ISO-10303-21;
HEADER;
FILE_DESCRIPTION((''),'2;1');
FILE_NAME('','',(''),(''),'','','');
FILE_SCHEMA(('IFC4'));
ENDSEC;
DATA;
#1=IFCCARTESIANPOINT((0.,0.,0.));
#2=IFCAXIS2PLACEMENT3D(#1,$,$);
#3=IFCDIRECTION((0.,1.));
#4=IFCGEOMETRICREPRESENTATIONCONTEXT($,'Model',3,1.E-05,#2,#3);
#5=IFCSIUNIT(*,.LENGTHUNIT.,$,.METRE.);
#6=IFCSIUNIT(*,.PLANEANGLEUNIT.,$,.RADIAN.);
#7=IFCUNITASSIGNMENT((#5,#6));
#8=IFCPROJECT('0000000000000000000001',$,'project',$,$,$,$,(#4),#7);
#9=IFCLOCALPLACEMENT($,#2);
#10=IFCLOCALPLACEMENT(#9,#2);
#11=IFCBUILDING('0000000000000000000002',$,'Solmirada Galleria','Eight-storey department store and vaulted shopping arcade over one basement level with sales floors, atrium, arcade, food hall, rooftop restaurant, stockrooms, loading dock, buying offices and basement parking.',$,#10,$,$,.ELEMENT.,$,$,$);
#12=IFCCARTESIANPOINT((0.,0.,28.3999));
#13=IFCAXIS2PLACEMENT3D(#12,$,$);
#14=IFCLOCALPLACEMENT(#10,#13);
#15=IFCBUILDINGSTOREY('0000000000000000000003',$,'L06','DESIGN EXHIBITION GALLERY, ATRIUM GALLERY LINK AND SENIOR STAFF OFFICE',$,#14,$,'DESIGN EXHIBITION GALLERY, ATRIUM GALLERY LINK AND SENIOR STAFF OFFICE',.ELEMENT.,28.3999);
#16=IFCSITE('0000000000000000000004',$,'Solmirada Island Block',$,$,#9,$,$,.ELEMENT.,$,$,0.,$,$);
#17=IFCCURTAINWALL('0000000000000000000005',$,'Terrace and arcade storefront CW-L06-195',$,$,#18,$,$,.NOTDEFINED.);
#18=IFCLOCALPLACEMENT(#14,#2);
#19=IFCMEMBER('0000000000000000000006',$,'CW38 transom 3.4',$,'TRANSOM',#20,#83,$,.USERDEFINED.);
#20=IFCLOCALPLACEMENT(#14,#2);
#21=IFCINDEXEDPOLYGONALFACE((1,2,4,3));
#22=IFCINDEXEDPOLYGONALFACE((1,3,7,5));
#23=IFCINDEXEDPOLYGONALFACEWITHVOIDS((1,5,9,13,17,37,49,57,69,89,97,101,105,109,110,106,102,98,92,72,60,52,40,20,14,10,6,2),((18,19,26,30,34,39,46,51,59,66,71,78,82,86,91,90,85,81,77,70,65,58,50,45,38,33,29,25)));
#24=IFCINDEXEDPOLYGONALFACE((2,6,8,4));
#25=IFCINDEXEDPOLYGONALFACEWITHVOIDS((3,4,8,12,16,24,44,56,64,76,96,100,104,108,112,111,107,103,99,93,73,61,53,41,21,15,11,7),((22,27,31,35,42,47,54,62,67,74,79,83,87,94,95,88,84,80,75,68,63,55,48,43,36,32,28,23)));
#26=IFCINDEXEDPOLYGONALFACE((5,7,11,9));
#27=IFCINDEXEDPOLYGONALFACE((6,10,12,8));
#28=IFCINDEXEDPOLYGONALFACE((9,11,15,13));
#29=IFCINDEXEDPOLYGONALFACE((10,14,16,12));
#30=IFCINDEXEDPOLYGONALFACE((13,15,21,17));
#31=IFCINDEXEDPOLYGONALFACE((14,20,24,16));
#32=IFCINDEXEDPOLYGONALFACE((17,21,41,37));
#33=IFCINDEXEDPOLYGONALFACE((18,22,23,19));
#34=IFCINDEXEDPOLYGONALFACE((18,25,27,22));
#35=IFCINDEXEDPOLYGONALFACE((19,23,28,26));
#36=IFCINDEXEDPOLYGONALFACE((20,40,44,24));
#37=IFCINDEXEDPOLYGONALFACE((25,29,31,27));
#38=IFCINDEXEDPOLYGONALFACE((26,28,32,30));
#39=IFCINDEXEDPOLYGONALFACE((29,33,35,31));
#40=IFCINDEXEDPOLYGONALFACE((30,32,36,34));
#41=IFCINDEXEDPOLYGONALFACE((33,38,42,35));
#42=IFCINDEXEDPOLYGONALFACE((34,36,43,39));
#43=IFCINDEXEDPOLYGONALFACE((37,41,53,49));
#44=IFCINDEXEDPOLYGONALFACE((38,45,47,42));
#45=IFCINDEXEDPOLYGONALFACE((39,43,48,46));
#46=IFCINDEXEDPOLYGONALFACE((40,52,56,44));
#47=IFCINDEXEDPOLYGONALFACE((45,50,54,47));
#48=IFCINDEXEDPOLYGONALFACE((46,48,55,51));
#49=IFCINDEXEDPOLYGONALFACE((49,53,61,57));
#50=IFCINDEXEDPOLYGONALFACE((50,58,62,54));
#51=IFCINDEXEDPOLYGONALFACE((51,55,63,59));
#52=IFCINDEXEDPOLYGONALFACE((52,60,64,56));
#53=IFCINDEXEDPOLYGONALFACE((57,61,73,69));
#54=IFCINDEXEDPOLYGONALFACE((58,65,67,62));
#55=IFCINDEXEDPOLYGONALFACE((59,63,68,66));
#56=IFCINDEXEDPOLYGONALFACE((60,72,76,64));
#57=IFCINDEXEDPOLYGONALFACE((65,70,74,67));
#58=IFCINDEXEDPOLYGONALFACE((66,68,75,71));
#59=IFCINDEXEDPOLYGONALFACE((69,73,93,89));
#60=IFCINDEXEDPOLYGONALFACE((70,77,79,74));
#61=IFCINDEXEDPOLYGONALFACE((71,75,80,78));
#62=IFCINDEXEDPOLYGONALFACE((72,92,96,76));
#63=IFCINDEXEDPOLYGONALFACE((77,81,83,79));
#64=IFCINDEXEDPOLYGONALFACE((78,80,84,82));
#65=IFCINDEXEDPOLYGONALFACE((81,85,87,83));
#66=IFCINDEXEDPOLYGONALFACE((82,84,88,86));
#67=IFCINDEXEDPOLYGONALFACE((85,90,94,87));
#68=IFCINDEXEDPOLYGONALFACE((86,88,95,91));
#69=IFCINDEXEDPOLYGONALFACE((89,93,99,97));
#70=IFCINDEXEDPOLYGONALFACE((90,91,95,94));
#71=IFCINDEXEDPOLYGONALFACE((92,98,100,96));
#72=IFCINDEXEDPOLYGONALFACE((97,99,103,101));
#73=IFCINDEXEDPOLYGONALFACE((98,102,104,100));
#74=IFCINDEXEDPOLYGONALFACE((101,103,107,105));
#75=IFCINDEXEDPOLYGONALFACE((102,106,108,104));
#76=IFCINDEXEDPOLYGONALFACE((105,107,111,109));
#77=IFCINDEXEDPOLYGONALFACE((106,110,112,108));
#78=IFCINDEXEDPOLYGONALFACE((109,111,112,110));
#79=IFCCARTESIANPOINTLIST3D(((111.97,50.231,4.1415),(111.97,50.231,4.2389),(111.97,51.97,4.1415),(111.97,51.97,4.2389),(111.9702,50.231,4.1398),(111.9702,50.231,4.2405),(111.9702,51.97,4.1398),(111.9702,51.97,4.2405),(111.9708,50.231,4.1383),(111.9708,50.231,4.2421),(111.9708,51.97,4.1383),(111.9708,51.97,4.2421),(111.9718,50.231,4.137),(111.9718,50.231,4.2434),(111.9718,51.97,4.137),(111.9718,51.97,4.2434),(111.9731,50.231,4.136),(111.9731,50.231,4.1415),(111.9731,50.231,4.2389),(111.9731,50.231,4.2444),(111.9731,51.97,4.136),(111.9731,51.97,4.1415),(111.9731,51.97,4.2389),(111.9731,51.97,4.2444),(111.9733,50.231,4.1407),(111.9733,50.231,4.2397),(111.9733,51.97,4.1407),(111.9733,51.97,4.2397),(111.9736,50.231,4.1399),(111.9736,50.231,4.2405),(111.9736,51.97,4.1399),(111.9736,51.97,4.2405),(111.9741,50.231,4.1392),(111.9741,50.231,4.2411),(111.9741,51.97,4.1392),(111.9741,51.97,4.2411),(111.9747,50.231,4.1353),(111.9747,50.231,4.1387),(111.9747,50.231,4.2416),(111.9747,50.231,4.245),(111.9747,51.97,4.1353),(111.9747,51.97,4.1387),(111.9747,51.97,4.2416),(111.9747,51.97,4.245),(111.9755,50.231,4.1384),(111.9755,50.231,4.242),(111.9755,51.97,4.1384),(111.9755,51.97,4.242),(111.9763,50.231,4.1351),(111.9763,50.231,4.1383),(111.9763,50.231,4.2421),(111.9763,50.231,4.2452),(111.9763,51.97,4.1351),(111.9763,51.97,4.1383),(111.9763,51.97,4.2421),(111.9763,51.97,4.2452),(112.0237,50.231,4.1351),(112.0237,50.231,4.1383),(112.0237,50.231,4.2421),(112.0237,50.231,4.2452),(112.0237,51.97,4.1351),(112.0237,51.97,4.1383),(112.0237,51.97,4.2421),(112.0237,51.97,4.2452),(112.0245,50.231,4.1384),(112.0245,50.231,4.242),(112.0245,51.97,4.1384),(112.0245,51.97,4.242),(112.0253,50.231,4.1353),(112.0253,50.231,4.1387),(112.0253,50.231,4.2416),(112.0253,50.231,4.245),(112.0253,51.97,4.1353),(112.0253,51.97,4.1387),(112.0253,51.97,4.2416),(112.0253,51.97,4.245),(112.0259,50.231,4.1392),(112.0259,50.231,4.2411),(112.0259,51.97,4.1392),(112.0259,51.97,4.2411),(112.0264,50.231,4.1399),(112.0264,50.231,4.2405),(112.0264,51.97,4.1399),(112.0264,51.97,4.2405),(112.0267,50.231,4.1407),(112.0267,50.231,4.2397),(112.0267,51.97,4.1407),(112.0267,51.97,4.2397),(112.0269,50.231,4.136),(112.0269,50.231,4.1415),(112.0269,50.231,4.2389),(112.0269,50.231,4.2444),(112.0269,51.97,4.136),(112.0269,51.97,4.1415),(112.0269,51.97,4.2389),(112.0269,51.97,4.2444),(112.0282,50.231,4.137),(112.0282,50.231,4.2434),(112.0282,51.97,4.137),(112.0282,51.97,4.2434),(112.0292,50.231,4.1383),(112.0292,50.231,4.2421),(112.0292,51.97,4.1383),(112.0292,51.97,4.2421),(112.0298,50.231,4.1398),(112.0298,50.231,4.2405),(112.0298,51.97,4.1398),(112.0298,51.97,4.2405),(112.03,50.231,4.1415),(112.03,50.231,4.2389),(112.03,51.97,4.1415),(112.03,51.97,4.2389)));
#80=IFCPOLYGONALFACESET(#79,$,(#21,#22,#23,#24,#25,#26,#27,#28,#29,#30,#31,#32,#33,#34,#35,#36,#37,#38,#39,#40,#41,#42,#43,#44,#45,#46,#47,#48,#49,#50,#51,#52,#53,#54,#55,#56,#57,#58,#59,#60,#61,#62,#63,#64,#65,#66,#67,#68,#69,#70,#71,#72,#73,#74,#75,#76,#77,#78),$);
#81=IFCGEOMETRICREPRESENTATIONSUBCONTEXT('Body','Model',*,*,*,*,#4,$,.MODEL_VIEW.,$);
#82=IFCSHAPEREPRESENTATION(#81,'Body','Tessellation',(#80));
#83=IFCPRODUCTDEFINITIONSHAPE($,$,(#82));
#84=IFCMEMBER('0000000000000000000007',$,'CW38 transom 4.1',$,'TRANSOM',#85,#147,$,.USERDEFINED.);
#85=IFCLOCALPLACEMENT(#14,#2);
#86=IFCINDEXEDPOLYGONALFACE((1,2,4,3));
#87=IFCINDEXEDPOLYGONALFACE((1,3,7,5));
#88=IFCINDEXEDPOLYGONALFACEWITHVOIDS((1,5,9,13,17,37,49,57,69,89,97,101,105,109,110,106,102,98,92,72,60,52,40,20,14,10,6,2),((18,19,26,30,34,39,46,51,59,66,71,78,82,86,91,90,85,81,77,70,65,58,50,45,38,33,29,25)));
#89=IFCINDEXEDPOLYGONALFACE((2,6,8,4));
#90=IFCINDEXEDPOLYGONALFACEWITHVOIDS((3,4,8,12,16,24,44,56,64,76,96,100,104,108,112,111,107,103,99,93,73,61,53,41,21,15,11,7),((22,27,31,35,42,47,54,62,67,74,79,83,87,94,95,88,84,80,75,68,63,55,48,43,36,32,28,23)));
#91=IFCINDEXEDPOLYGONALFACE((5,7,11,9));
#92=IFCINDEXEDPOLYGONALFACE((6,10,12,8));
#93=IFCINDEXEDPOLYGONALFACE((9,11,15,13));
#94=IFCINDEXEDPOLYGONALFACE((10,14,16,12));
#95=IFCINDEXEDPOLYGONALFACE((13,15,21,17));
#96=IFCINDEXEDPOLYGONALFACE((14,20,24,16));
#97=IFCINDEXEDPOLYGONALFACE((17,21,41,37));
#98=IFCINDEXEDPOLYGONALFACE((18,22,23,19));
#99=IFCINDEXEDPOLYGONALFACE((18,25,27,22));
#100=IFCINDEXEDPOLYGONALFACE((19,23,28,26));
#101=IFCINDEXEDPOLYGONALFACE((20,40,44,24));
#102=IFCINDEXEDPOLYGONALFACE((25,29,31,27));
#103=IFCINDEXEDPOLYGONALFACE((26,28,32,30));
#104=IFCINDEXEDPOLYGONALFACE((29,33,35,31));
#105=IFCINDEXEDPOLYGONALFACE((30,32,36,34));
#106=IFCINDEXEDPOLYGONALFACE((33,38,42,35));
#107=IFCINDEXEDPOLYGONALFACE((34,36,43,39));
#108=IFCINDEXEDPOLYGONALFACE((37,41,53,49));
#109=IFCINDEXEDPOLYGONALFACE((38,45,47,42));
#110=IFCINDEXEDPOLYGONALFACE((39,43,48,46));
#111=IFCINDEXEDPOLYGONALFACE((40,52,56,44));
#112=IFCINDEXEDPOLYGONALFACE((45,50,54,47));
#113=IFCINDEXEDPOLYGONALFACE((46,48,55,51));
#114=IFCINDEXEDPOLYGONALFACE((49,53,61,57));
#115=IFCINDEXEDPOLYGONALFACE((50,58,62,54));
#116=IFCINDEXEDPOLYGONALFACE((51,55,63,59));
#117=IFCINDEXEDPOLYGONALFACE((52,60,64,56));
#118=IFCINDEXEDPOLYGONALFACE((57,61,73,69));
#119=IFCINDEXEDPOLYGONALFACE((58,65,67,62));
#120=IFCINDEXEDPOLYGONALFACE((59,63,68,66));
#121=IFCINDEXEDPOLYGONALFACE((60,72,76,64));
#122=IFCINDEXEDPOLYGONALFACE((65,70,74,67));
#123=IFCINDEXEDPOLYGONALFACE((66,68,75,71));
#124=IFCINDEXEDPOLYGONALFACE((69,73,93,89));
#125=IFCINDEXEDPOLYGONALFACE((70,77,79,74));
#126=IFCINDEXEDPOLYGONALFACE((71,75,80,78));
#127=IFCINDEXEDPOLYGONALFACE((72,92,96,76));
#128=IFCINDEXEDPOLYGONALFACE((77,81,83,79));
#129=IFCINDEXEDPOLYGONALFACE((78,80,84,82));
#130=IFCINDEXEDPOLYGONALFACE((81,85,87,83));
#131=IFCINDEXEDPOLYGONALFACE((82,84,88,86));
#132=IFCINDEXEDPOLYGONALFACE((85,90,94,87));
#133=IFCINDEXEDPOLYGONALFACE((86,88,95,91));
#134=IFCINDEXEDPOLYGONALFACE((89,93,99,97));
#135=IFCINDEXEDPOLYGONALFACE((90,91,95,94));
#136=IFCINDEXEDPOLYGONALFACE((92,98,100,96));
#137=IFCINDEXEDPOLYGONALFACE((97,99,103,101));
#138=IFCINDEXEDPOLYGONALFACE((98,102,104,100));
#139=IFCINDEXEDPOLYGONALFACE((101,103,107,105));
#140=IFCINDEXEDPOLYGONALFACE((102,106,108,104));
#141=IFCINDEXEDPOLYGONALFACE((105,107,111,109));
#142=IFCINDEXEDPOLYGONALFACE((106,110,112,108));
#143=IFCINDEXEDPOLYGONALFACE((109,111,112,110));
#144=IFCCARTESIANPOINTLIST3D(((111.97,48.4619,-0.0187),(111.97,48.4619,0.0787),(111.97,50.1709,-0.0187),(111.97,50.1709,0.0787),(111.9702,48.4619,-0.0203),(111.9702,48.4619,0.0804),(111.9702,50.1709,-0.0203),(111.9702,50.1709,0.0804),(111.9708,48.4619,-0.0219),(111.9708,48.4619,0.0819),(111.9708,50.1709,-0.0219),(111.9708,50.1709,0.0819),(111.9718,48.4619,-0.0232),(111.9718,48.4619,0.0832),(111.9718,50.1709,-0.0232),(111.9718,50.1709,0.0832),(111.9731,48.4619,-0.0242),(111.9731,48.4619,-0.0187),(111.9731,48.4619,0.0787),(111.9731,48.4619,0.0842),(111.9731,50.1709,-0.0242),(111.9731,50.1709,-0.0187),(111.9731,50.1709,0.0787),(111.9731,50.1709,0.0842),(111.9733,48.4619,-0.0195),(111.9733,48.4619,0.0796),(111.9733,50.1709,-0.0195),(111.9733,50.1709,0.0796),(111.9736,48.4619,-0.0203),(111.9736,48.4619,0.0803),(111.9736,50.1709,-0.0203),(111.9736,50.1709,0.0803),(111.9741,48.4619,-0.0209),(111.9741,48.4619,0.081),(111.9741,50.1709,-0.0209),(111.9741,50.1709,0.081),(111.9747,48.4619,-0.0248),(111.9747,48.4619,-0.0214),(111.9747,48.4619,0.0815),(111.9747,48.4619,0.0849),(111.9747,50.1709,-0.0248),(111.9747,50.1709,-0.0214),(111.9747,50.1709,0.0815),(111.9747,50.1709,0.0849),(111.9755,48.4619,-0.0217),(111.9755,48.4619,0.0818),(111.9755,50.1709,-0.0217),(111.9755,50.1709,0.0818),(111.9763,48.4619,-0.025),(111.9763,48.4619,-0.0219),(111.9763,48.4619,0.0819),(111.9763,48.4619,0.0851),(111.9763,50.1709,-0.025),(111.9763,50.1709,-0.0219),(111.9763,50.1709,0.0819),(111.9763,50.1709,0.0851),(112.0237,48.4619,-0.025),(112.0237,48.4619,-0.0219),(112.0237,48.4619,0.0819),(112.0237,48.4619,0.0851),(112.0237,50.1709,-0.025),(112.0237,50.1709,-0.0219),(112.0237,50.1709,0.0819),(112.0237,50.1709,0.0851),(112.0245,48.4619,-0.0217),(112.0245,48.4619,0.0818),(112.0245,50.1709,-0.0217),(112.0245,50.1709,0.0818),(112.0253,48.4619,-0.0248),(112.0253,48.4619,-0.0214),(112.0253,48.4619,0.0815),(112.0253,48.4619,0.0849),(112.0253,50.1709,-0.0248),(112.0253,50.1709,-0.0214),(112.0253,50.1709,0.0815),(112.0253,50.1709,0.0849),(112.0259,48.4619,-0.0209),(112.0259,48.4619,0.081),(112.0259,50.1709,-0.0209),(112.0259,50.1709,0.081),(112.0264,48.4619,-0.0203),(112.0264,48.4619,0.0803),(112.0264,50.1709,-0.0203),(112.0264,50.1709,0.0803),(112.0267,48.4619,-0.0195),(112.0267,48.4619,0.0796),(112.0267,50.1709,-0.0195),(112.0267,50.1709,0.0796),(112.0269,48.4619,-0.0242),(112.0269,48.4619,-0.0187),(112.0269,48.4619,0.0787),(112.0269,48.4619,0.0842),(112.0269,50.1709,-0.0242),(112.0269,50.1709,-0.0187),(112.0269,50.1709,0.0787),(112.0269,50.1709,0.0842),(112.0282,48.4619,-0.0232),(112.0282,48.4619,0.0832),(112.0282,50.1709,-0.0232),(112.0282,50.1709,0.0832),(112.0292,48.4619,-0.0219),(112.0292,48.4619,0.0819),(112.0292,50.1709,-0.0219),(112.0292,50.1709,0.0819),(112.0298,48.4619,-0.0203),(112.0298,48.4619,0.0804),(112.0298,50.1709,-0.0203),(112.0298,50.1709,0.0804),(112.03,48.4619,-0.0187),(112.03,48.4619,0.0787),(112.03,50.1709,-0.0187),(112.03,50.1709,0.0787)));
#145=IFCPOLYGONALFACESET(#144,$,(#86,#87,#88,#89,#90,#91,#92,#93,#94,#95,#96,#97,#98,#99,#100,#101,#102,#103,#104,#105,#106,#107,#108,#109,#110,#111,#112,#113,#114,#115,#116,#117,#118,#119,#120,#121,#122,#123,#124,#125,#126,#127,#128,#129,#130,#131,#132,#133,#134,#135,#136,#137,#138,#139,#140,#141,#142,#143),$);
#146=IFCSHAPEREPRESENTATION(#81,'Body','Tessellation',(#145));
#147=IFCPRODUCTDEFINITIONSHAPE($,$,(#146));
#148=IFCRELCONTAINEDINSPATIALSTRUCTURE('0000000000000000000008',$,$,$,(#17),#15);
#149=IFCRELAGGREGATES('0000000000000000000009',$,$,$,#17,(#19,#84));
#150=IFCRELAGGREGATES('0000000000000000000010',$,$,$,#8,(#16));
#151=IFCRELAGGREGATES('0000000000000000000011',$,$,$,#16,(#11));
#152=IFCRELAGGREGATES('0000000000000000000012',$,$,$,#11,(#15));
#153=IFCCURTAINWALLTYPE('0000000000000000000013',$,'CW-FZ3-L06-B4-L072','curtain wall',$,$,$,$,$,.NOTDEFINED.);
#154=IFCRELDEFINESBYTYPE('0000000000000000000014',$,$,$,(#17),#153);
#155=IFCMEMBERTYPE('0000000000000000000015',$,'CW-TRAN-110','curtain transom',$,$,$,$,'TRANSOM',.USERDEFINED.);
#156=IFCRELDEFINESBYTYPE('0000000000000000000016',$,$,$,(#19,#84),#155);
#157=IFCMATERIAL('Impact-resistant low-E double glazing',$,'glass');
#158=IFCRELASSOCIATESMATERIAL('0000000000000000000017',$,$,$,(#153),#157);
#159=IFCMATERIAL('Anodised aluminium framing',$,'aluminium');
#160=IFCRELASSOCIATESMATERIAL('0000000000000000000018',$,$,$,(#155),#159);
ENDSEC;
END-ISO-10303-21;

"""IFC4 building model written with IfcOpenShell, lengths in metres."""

from ifc_helpers import new_model, si_unit, direction, frame, origin, origin_2d, place, context, subcontext, project, spatial, hollow_rectangle, extrude, material, material_profile, profile_set, type_object, element, aggregate, save


model = new_model("IFC4")

# Units and contexts
model_context = context("Model", 3, precision=1e-05, world=origin(), true_north=direction((0.0, 1.0)))
body_context = subcontext(model_context, "Body", "Model", "MODEL_VIEW")
ifc_project = project(units=[si_unit("LENGTHUNIT", "METRE"), si_unit("PLANEANGLEUNIT", "RADIAN")], contexts=[model_context])

# Site, building, storey
site_placement = place(None, origin())
site = spatial("IfcSite", under=ifc_project, at=site_placement, Name="Solmirada Island Block", CompositionType="ELEMENT", RefElevation=0.0)
building_placement = place(site_placement, origin())
building = spatial("IfcBuilding", under=site, at=building_placement, Name="Solmirada Galleria", Description="Eight-storey department store and vaulted shopping arcade over one basement level with sales floors, atrium, arcade, food hall, rooftop restaurant, stockrooms, loading dock, buying offices and basement parking.", CompositionType="ELEMENT")
storey_placement = place(building_placement, frame((0.0, 0.0, 28.3999)))
storey = spatial("IfcBuildingStorey", under=building, at=storey_placement, Name="L06", Description="DESIGN EXHIBITION GALLERY, ATRIUM GALLERY LINK AND SENIOR STAFF OFFICE", LongName="DESIGN EXHIBITION GALLERY, ATRIUM GALLERY LINK AND SENIOR STAFF OFFICE", CompositionType="ELEMENT", Elevation=28.3999)

# Curtain wall
ifc_material_1 = material(Name="Impact-resistant low-E double glazing", Category="glass")
curtain_wall_type = type_object("IfcCurtainWallType", Name="CW-FZ3-L06-B4-L072", Description="curtain wall", PredefinedType="NOTDEFINED", material=ifc_material_1)
curtain_wall_1_placement = place(storey_placement, origin())
curtain_wall_1 = element("IfcCurtainWall", 1, at=curtain_wall_1_placement, inside=storey, type_object=curtain_wall_type, Name="Terrace and arcade storefront CW-L06-195", PredefinedType="NOTDEFINED")
ifc_material_2 = material(Name="Anodised aluminium framing", Category="aluminium")

# Members
ifc_material_profile_1 = material_profile(ifc_material_2, hollow_rectangle(XDim=0.0601, YDim=0.1101, WallThickness=0.0032, InnerFilletRadius=0.0032, OuterFilletRadius=0.0063, at=origin_2d()), Name="ALU-TRAN-110X60")
ifc_profile_set_1 = profile_set([ifc_material_profile_1], Name="Anodised aluminium framing")
member_type_1 = type_object("IfcMemberType", Name="CW-TRAN-110", Description="curtain transom", ElementType="TRANSOM", PredefinedType="USERDEFINED", material=ifc_profile_set_1)
member_1_placement = place(storey_placement, frame((112.0, 51.97, 4.1902), z_axis=(0.0, -1.0, 0.0), x_axis=(1.0, 0.0, 0.0)))
member_1 = element("IfcMember", 2, at=member_1_placement, type_object=member_type_1, Name="CW38 transom 3.4", ObjectType="TRANSOM", PredefinedType="USERDEFINED", context=body_context, shape_type="SweptSolid", body=[
    extrude(hollow_rectangle(XDim=0.0601, YDim=0.1101, WallThickness=0.0032, InnerFilletRadius=0.0032, OuterFilletRadius=0.0063, at=origin_2d()), origin(), (0.0, 0.0, 1.0), 1.739),
])
member_2_placement = place(storey_placement, frame((112.0, 50.1709, 0.03), z_axis=(0.0, -1.0, 0.0), x_axis=(1.0, 0.0, 0.0)))
member_2 = element("IfcMember", 3, at=member_2_placement, type_object=member_type_1, Name="CW38 transom 4.1", ObjectType="TRANSOM", PredefinedType="USERDEFINED", context=body_context, shape_type="SweptSolid", body=[
    extrude(hollow_rectangle(XDim=0.0601, YDim=0.1101, WallThickness=0.0032, InnerFilletRadius=0.0032, OuterFilletRadius=0.0063, at=origin_2d()), origin(), (0.0, 0.0, 1.0), 1.709),
])

aggregate(curtain_wall_1, [member_1, member_2])

save(model, "model.ifc")
